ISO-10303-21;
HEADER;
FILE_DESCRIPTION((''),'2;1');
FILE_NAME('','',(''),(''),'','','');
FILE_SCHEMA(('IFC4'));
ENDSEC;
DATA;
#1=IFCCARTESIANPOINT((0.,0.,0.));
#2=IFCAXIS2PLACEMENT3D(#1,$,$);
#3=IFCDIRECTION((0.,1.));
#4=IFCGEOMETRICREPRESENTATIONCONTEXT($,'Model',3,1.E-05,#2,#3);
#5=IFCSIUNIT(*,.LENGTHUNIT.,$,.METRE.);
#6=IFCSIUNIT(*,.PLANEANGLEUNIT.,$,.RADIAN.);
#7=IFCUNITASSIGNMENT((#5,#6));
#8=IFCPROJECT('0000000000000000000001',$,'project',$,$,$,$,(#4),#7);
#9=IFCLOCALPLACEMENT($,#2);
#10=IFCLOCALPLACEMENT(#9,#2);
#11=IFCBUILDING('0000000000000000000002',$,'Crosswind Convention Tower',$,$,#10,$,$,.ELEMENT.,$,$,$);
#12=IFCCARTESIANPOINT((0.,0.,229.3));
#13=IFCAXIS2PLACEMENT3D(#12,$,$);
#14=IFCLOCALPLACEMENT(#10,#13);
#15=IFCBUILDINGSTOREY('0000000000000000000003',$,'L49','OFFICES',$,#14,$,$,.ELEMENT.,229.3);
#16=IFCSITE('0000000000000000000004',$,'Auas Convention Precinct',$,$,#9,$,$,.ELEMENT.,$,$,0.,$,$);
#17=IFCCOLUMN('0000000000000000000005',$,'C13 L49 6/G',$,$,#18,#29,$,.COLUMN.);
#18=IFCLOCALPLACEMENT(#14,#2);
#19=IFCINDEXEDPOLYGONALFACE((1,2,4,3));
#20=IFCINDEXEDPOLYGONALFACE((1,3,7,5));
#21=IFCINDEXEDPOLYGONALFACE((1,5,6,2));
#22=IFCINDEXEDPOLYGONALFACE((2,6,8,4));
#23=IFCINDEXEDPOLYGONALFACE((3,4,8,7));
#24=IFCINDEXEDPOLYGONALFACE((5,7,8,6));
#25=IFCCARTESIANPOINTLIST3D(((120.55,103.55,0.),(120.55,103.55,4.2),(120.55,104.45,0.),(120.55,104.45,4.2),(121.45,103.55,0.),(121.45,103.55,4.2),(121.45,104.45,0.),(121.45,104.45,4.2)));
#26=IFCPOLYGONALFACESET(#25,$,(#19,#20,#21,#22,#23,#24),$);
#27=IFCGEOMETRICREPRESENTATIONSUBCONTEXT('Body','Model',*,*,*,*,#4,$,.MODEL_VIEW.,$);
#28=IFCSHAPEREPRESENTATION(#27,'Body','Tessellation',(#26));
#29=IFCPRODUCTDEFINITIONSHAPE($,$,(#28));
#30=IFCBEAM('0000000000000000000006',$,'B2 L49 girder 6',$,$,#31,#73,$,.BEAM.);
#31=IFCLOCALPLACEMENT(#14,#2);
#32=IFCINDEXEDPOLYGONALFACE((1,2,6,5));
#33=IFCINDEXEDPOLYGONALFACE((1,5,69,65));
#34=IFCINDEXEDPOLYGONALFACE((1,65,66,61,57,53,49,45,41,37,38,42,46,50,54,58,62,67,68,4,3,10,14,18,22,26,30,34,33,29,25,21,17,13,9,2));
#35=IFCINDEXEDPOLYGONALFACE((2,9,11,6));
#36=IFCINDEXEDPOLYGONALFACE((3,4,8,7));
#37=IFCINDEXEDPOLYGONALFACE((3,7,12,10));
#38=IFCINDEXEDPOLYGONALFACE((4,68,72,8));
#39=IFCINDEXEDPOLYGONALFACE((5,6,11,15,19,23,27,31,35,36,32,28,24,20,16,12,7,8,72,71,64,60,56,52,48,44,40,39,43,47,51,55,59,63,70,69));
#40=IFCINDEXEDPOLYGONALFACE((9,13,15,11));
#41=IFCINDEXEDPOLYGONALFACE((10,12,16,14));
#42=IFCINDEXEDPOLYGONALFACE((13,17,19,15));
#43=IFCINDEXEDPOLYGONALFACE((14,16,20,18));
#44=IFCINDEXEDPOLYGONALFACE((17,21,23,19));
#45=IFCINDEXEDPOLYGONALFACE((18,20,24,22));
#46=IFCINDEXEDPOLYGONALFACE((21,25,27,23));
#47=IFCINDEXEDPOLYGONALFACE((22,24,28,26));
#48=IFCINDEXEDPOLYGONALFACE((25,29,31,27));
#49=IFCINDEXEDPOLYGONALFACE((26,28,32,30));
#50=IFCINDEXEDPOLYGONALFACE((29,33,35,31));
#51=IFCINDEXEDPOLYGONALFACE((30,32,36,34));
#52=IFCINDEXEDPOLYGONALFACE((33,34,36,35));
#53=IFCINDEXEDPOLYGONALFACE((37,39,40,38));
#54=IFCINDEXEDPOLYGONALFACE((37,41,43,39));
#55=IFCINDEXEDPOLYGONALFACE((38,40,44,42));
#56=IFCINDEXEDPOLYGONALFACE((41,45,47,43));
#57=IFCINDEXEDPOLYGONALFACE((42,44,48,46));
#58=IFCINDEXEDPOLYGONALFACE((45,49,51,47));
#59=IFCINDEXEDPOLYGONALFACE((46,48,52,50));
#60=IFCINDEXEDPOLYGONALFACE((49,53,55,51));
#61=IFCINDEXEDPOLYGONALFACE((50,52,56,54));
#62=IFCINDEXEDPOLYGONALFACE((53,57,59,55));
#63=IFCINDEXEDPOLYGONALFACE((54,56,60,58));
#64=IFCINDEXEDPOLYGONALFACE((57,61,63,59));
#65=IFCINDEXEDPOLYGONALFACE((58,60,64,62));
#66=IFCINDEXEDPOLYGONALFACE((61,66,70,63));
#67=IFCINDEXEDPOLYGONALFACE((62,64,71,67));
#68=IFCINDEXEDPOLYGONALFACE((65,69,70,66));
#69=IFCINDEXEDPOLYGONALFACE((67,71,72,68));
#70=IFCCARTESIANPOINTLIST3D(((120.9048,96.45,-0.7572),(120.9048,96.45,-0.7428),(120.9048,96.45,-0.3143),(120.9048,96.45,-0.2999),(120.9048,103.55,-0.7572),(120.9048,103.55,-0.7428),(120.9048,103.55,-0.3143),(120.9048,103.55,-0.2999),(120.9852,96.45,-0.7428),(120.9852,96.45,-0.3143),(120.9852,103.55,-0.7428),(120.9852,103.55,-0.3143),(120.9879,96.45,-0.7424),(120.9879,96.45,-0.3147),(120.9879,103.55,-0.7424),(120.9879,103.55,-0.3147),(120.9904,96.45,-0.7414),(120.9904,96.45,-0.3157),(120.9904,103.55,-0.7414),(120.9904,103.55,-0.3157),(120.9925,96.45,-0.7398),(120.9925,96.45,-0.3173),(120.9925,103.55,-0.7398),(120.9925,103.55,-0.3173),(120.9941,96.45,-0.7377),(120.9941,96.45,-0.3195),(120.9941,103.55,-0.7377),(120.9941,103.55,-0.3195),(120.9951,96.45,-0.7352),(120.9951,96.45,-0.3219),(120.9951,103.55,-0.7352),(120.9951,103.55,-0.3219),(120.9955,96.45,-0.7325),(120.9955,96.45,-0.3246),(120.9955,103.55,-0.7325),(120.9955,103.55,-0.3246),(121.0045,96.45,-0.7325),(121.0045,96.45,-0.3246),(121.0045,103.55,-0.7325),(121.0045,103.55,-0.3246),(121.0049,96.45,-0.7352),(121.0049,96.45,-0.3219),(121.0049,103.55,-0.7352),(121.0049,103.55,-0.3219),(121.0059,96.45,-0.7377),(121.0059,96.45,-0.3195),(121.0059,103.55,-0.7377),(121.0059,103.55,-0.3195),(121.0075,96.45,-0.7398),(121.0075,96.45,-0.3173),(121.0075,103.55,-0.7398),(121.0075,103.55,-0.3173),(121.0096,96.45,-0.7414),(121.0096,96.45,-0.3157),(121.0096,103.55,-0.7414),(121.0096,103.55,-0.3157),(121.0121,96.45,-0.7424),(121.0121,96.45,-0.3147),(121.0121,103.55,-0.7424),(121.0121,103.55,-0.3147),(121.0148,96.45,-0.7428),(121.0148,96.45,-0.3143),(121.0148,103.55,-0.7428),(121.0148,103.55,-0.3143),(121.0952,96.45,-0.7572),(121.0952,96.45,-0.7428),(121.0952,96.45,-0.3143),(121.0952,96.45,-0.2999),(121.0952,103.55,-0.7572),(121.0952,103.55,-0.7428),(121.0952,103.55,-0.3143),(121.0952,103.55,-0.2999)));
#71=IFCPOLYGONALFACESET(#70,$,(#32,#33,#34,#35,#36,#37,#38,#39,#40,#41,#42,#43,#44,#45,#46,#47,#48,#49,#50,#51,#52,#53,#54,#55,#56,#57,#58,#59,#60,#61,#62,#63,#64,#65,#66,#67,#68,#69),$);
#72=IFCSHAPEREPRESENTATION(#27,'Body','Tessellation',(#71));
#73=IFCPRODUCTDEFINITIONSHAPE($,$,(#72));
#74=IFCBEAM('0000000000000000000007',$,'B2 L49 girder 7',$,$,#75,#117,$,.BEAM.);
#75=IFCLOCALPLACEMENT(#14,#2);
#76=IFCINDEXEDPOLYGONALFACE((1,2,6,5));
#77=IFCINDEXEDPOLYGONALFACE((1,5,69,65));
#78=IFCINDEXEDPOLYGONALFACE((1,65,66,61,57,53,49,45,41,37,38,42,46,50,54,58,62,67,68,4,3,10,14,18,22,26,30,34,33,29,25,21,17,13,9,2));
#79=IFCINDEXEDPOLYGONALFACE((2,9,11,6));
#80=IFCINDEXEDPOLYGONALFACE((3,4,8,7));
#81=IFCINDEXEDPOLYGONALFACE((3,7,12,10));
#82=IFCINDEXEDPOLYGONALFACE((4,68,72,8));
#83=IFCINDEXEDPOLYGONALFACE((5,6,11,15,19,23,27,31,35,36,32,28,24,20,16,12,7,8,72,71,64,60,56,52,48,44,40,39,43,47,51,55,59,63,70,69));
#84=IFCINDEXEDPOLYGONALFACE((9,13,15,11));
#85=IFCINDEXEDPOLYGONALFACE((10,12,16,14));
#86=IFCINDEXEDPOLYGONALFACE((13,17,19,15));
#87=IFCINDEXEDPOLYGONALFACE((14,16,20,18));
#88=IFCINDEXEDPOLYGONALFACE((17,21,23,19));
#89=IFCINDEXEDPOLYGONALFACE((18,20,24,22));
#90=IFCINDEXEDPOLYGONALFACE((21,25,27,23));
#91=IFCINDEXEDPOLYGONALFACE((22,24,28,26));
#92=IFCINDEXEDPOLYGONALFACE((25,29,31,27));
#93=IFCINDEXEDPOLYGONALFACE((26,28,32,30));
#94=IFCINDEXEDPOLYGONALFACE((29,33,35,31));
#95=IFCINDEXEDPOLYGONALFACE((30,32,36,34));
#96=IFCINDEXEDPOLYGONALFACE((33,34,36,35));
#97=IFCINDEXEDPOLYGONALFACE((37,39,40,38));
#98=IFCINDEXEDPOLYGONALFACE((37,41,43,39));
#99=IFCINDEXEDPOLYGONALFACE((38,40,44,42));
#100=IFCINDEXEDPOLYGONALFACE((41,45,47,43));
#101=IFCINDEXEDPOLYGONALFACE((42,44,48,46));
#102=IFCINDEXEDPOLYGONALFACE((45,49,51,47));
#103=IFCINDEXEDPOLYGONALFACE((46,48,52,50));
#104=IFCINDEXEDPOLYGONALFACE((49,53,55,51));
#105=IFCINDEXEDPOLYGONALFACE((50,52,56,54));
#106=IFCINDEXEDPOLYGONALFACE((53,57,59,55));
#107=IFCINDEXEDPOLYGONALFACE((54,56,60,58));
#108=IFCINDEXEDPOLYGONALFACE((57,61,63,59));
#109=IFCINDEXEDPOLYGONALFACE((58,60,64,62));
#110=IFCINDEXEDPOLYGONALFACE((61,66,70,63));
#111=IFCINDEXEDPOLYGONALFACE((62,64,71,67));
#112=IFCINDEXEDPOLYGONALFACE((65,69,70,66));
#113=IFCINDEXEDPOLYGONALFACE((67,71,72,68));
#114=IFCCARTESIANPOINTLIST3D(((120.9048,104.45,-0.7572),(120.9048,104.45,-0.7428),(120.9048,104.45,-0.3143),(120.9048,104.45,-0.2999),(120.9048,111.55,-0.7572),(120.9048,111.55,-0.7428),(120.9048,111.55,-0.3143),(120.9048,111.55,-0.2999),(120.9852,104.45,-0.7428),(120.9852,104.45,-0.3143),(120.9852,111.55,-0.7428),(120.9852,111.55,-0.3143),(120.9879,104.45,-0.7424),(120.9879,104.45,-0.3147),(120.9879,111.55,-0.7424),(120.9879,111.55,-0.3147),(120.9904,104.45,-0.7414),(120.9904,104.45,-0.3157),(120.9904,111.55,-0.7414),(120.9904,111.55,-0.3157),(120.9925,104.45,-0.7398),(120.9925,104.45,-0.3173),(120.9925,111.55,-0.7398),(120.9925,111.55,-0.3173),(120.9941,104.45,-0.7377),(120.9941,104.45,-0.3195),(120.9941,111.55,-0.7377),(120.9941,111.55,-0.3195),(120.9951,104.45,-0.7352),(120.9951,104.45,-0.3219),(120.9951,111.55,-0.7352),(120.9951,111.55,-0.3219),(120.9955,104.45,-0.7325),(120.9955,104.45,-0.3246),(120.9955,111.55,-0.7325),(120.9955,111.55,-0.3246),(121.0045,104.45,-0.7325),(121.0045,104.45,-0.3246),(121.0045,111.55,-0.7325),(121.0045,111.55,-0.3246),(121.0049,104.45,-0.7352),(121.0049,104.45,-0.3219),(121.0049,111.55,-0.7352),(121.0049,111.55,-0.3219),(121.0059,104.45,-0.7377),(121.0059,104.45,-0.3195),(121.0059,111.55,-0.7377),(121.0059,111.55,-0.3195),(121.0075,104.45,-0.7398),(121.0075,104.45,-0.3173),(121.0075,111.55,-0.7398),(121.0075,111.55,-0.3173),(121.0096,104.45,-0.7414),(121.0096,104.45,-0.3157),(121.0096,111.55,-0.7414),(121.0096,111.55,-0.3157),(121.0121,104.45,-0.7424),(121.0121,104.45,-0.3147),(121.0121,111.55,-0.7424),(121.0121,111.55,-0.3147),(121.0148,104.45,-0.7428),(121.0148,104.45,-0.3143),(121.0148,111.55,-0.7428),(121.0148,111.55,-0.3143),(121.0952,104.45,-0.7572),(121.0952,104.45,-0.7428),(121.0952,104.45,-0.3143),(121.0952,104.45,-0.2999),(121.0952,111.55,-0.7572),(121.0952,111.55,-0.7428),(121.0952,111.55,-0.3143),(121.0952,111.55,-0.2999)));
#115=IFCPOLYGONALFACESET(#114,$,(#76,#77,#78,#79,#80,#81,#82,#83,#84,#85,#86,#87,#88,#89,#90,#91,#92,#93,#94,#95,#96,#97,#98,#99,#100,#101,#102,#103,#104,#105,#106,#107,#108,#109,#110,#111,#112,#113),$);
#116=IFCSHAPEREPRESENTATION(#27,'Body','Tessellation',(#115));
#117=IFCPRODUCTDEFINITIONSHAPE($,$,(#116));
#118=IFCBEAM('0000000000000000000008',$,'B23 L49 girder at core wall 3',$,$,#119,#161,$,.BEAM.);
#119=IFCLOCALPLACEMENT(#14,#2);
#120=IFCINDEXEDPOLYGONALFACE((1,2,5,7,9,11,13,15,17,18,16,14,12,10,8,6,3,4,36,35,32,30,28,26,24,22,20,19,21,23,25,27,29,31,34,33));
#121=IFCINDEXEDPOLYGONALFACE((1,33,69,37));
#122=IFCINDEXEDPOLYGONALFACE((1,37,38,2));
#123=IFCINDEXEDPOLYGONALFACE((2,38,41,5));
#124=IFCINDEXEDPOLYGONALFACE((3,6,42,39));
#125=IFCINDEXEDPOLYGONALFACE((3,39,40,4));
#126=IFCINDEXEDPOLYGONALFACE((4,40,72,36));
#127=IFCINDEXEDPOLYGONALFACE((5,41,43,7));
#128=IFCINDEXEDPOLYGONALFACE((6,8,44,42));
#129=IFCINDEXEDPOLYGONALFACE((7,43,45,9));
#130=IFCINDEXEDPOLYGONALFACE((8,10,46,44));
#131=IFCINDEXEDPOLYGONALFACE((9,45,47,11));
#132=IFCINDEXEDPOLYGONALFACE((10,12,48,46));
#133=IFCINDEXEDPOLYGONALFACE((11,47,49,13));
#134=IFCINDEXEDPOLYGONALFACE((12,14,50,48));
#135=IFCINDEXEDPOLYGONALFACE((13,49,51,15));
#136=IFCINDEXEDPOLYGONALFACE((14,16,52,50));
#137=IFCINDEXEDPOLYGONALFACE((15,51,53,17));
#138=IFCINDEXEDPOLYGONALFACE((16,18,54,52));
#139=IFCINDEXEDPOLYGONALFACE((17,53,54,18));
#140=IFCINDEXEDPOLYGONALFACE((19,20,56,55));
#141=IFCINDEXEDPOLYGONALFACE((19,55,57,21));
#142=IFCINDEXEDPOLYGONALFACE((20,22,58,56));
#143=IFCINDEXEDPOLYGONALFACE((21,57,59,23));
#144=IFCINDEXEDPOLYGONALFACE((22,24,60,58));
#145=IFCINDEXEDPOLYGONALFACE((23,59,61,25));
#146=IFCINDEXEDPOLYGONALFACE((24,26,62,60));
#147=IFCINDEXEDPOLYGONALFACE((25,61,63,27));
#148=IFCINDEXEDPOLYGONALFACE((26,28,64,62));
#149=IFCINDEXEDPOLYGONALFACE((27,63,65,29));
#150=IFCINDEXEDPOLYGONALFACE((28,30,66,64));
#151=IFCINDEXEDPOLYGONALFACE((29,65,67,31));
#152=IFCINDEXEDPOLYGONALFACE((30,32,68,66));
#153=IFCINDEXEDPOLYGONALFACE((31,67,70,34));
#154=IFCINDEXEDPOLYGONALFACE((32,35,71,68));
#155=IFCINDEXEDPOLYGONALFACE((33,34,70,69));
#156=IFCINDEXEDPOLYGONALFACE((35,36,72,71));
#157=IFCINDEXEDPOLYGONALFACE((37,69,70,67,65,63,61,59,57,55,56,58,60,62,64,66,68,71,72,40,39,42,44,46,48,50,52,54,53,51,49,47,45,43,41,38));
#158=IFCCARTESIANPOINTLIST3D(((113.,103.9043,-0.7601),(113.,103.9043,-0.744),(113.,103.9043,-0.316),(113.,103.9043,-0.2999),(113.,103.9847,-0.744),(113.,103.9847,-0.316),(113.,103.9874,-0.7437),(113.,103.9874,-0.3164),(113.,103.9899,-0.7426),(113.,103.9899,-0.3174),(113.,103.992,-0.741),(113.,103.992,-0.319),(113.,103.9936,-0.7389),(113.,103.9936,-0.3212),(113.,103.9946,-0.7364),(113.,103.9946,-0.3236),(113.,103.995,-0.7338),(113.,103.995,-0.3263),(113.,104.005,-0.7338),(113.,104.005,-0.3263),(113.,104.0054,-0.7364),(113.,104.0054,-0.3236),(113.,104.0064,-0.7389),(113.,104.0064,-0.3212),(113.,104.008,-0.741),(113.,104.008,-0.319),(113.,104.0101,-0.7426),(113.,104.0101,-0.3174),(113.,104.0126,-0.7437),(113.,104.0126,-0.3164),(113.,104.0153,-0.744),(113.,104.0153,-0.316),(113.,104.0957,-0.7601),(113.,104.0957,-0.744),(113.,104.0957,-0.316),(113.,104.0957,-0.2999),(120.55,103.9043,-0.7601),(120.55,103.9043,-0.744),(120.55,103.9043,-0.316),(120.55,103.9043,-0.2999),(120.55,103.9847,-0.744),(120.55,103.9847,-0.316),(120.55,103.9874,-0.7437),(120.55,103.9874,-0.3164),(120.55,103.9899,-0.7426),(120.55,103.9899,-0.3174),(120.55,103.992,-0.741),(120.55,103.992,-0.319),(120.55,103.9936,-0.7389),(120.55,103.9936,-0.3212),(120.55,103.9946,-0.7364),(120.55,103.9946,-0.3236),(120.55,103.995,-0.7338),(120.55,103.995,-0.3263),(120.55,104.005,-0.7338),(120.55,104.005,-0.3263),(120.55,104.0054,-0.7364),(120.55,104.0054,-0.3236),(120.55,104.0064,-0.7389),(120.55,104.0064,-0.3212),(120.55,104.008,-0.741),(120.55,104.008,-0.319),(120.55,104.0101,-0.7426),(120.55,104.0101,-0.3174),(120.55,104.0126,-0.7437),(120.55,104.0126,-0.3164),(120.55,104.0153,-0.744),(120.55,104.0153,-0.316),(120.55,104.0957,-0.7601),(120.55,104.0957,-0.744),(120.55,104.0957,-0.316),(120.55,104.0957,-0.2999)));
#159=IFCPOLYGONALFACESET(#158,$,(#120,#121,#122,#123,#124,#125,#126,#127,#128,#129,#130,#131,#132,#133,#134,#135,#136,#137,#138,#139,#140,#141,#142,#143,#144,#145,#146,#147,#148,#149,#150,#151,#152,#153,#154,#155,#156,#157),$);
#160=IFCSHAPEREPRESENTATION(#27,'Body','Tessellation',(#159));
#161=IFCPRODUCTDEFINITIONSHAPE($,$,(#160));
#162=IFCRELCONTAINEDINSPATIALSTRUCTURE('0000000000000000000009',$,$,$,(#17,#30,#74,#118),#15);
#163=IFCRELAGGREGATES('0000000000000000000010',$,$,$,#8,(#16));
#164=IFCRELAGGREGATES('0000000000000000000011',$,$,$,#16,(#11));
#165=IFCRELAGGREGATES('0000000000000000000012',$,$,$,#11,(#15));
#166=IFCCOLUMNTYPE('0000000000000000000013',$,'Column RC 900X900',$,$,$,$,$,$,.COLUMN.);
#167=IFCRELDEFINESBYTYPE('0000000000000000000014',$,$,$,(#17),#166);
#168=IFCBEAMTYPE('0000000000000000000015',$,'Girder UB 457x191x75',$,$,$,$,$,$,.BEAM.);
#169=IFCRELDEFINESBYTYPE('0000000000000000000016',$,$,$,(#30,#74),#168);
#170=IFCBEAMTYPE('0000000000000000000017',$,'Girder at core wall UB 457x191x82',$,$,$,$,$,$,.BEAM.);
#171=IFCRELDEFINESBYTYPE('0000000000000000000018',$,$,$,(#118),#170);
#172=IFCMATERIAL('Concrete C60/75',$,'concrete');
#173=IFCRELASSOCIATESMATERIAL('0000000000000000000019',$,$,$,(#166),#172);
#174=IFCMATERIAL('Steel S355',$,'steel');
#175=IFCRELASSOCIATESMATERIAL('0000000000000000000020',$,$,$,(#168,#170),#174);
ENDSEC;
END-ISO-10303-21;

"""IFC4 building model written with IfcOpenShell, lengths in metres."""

from ifc_helpers import new_model, si_unit, direction, frame, origin, origin_2d, place, context, subcontext, project, spatial, rectangle, i_section, extrude, material, material_profile, profile_set, type_object, element, save


model = new_model("IFC4")

# Units and contexts
model_context = context("Model", 3, precision=1e-05, world=origin(), true_north=direction((0.0, 1.0)))
body_context = subcontext(model_context, "Body", "Model", "MODEL_VIEW")
ifc_project = project(units=[si_unit("LENGTHUNIT", "METRE"), si_unit("PLANEANGLEUNIT", "RADIAN")], contexts=[model_context])

# Site, building, storey
site_placement = place(None, origin())
site = spatial("IfcSite", under=ifc_project, at=site_placement, Name="Auas Convention Precinct", CompositionType="ELEMENT", RefElevation=0.0)
building_placement = place(site_placement, origin())
building = spatial("IfcBuilding", under=site, at=building_placement, Name="Crosswind Convention Tower", CompositionType="ELEMENT")
storey_placement = place(building_placement, frame((0.0, 0.0, 229.3)))
storey = spatial("IfcBuildingStorey", under=building, at=storey_placement, Name="L49", Description="OFFICES", CompositionType="ELEMENT", Elevation=229.3)

# Column
ifc_material_1 = material(Name="Concrete C60/75", Category="concrete")
ifc_material_profile_1 = material_profile(ifc_material_1, rectangle(XDim=0.8999, YDim=0.8999, at=origin_2d()), Name="RC 900X900")
ifc_profile_set_1 = profile_set([ifc_material_profile_1], Name="Concrete C60/75")
column_type = type_object("IfcColumnType", Name="Column RC 900X900", PredefinedType="COLUMN", material=ifc_profile_set_1)
column_placement = place(storey_placement, frame((121.0, 104.0, 0.0), z_axis=(0.0, 0.0, 1.0), x_axis=(1.0, 0.0, 0.0)))
element("IfcColumn", 1, at=column_placement, inside=storey, type_object=column_type, Name="C13 L49 6/G", PredefinedType="COLUMN", context=body_context, shape_type="SweptSolid", body=[
    extrude(rectangle(XDim=0.8999, YDim=0.8999, at=origin_2d()), origin(), (0.0, 0.0, 1.0), 4.2),
])

# Beams
ifc_material_2 = material(Name="Steel S355", Category="steel")
ifc_material_profile_2 = material_profile(ifc_material_2, i_section(OverallWidth=0.1904, OverallDepth=0.4573, WebThickness=0.009, FlangeThickness=0.0144, FilletRadius=0.0103, at=origin_2d()), Name="UB 457x191x75")
ifc_profile_set_2 = profile_set([ifc_material_profile_2], Name="Steel S355")
beam_type_1 = type_object("IfcBeamType", Name="Girder UB 457x191x75", PredefinedType="BEAM", material=ifc_profile_set_2)
for number, where, z_axis, x_axis, name in (
    (2, (121.0, 96.45, -0.5286), (0.0, 1.0, 0.0), (-1.0, 0.0, 0.0), "B2 L49 girder 6"),
    (3, (121.0, 104.45, -0.5286), (0.0, 1.0, 0.0), (-1.0, 0.0, 0.0), "B2 L49 girder 7"),
):
    element("IfcBeam", number, at=place(storey_placement, frame(where, z_axis=z_axis, x_axis=x_axis)), inside=storey, type_object=beam_type_1, Name=name, PredefinedType="BEAM", context=body_context, shape_type="SweptSolid", body=[
        extrude(i_section(OverallWidth=0.1904, OverallDepth=0.4573, WebThickness=0.009, FlangeThickness=0.0144, FilletRadius=0.0103, at=origin_2d()), origin(), (0.0, 0.0, 1.0), 7.1001),
    ])
ifc_material_profile_3 = material_profile(ifc_material_2, i_section(OverallWidth=0.1914, OverallDepth=0.4602, WebThickness=0.01, FlangeThickness=0.0161, FilletRadius=0.0103, at=origin_2d()), Name="UB 457x191x82")
ifc_profile_set_3 = profile_set([ifc_material_profile_3], Name="Steel S355")
beam_type_2 = type_object("IfcBeamType", Name="Girder at core wall UB 457x191x82", PredefinedType="BEAM", material=ifc_profile_set_3)
beam_placement = place(storey_placement, frame((113.0, 104.0, -0.53), z_axis=(1.0, 0.0, 0.0), x_axis=(0.0, 1.0, 0.0)))
element("IfcBeam", 4, at=beam_placement, inside=storey, type_object=beam_type_2, Name="B23 L49 girder at core wall 3", PredefinedType="BEAM", context=body_context, shape_type="SweptSolid", body=[
    extrude(i_section(OverallWidth=0.1914, OverallDepth=0.4602, WebThickness=0.01, FlangeThickness=0.0161, FilletRadius=0.0103, at=origin_2d()), origin(), (0.0, 0.0, 1.0), 7.55),
])

save(model, "model.ifc")
